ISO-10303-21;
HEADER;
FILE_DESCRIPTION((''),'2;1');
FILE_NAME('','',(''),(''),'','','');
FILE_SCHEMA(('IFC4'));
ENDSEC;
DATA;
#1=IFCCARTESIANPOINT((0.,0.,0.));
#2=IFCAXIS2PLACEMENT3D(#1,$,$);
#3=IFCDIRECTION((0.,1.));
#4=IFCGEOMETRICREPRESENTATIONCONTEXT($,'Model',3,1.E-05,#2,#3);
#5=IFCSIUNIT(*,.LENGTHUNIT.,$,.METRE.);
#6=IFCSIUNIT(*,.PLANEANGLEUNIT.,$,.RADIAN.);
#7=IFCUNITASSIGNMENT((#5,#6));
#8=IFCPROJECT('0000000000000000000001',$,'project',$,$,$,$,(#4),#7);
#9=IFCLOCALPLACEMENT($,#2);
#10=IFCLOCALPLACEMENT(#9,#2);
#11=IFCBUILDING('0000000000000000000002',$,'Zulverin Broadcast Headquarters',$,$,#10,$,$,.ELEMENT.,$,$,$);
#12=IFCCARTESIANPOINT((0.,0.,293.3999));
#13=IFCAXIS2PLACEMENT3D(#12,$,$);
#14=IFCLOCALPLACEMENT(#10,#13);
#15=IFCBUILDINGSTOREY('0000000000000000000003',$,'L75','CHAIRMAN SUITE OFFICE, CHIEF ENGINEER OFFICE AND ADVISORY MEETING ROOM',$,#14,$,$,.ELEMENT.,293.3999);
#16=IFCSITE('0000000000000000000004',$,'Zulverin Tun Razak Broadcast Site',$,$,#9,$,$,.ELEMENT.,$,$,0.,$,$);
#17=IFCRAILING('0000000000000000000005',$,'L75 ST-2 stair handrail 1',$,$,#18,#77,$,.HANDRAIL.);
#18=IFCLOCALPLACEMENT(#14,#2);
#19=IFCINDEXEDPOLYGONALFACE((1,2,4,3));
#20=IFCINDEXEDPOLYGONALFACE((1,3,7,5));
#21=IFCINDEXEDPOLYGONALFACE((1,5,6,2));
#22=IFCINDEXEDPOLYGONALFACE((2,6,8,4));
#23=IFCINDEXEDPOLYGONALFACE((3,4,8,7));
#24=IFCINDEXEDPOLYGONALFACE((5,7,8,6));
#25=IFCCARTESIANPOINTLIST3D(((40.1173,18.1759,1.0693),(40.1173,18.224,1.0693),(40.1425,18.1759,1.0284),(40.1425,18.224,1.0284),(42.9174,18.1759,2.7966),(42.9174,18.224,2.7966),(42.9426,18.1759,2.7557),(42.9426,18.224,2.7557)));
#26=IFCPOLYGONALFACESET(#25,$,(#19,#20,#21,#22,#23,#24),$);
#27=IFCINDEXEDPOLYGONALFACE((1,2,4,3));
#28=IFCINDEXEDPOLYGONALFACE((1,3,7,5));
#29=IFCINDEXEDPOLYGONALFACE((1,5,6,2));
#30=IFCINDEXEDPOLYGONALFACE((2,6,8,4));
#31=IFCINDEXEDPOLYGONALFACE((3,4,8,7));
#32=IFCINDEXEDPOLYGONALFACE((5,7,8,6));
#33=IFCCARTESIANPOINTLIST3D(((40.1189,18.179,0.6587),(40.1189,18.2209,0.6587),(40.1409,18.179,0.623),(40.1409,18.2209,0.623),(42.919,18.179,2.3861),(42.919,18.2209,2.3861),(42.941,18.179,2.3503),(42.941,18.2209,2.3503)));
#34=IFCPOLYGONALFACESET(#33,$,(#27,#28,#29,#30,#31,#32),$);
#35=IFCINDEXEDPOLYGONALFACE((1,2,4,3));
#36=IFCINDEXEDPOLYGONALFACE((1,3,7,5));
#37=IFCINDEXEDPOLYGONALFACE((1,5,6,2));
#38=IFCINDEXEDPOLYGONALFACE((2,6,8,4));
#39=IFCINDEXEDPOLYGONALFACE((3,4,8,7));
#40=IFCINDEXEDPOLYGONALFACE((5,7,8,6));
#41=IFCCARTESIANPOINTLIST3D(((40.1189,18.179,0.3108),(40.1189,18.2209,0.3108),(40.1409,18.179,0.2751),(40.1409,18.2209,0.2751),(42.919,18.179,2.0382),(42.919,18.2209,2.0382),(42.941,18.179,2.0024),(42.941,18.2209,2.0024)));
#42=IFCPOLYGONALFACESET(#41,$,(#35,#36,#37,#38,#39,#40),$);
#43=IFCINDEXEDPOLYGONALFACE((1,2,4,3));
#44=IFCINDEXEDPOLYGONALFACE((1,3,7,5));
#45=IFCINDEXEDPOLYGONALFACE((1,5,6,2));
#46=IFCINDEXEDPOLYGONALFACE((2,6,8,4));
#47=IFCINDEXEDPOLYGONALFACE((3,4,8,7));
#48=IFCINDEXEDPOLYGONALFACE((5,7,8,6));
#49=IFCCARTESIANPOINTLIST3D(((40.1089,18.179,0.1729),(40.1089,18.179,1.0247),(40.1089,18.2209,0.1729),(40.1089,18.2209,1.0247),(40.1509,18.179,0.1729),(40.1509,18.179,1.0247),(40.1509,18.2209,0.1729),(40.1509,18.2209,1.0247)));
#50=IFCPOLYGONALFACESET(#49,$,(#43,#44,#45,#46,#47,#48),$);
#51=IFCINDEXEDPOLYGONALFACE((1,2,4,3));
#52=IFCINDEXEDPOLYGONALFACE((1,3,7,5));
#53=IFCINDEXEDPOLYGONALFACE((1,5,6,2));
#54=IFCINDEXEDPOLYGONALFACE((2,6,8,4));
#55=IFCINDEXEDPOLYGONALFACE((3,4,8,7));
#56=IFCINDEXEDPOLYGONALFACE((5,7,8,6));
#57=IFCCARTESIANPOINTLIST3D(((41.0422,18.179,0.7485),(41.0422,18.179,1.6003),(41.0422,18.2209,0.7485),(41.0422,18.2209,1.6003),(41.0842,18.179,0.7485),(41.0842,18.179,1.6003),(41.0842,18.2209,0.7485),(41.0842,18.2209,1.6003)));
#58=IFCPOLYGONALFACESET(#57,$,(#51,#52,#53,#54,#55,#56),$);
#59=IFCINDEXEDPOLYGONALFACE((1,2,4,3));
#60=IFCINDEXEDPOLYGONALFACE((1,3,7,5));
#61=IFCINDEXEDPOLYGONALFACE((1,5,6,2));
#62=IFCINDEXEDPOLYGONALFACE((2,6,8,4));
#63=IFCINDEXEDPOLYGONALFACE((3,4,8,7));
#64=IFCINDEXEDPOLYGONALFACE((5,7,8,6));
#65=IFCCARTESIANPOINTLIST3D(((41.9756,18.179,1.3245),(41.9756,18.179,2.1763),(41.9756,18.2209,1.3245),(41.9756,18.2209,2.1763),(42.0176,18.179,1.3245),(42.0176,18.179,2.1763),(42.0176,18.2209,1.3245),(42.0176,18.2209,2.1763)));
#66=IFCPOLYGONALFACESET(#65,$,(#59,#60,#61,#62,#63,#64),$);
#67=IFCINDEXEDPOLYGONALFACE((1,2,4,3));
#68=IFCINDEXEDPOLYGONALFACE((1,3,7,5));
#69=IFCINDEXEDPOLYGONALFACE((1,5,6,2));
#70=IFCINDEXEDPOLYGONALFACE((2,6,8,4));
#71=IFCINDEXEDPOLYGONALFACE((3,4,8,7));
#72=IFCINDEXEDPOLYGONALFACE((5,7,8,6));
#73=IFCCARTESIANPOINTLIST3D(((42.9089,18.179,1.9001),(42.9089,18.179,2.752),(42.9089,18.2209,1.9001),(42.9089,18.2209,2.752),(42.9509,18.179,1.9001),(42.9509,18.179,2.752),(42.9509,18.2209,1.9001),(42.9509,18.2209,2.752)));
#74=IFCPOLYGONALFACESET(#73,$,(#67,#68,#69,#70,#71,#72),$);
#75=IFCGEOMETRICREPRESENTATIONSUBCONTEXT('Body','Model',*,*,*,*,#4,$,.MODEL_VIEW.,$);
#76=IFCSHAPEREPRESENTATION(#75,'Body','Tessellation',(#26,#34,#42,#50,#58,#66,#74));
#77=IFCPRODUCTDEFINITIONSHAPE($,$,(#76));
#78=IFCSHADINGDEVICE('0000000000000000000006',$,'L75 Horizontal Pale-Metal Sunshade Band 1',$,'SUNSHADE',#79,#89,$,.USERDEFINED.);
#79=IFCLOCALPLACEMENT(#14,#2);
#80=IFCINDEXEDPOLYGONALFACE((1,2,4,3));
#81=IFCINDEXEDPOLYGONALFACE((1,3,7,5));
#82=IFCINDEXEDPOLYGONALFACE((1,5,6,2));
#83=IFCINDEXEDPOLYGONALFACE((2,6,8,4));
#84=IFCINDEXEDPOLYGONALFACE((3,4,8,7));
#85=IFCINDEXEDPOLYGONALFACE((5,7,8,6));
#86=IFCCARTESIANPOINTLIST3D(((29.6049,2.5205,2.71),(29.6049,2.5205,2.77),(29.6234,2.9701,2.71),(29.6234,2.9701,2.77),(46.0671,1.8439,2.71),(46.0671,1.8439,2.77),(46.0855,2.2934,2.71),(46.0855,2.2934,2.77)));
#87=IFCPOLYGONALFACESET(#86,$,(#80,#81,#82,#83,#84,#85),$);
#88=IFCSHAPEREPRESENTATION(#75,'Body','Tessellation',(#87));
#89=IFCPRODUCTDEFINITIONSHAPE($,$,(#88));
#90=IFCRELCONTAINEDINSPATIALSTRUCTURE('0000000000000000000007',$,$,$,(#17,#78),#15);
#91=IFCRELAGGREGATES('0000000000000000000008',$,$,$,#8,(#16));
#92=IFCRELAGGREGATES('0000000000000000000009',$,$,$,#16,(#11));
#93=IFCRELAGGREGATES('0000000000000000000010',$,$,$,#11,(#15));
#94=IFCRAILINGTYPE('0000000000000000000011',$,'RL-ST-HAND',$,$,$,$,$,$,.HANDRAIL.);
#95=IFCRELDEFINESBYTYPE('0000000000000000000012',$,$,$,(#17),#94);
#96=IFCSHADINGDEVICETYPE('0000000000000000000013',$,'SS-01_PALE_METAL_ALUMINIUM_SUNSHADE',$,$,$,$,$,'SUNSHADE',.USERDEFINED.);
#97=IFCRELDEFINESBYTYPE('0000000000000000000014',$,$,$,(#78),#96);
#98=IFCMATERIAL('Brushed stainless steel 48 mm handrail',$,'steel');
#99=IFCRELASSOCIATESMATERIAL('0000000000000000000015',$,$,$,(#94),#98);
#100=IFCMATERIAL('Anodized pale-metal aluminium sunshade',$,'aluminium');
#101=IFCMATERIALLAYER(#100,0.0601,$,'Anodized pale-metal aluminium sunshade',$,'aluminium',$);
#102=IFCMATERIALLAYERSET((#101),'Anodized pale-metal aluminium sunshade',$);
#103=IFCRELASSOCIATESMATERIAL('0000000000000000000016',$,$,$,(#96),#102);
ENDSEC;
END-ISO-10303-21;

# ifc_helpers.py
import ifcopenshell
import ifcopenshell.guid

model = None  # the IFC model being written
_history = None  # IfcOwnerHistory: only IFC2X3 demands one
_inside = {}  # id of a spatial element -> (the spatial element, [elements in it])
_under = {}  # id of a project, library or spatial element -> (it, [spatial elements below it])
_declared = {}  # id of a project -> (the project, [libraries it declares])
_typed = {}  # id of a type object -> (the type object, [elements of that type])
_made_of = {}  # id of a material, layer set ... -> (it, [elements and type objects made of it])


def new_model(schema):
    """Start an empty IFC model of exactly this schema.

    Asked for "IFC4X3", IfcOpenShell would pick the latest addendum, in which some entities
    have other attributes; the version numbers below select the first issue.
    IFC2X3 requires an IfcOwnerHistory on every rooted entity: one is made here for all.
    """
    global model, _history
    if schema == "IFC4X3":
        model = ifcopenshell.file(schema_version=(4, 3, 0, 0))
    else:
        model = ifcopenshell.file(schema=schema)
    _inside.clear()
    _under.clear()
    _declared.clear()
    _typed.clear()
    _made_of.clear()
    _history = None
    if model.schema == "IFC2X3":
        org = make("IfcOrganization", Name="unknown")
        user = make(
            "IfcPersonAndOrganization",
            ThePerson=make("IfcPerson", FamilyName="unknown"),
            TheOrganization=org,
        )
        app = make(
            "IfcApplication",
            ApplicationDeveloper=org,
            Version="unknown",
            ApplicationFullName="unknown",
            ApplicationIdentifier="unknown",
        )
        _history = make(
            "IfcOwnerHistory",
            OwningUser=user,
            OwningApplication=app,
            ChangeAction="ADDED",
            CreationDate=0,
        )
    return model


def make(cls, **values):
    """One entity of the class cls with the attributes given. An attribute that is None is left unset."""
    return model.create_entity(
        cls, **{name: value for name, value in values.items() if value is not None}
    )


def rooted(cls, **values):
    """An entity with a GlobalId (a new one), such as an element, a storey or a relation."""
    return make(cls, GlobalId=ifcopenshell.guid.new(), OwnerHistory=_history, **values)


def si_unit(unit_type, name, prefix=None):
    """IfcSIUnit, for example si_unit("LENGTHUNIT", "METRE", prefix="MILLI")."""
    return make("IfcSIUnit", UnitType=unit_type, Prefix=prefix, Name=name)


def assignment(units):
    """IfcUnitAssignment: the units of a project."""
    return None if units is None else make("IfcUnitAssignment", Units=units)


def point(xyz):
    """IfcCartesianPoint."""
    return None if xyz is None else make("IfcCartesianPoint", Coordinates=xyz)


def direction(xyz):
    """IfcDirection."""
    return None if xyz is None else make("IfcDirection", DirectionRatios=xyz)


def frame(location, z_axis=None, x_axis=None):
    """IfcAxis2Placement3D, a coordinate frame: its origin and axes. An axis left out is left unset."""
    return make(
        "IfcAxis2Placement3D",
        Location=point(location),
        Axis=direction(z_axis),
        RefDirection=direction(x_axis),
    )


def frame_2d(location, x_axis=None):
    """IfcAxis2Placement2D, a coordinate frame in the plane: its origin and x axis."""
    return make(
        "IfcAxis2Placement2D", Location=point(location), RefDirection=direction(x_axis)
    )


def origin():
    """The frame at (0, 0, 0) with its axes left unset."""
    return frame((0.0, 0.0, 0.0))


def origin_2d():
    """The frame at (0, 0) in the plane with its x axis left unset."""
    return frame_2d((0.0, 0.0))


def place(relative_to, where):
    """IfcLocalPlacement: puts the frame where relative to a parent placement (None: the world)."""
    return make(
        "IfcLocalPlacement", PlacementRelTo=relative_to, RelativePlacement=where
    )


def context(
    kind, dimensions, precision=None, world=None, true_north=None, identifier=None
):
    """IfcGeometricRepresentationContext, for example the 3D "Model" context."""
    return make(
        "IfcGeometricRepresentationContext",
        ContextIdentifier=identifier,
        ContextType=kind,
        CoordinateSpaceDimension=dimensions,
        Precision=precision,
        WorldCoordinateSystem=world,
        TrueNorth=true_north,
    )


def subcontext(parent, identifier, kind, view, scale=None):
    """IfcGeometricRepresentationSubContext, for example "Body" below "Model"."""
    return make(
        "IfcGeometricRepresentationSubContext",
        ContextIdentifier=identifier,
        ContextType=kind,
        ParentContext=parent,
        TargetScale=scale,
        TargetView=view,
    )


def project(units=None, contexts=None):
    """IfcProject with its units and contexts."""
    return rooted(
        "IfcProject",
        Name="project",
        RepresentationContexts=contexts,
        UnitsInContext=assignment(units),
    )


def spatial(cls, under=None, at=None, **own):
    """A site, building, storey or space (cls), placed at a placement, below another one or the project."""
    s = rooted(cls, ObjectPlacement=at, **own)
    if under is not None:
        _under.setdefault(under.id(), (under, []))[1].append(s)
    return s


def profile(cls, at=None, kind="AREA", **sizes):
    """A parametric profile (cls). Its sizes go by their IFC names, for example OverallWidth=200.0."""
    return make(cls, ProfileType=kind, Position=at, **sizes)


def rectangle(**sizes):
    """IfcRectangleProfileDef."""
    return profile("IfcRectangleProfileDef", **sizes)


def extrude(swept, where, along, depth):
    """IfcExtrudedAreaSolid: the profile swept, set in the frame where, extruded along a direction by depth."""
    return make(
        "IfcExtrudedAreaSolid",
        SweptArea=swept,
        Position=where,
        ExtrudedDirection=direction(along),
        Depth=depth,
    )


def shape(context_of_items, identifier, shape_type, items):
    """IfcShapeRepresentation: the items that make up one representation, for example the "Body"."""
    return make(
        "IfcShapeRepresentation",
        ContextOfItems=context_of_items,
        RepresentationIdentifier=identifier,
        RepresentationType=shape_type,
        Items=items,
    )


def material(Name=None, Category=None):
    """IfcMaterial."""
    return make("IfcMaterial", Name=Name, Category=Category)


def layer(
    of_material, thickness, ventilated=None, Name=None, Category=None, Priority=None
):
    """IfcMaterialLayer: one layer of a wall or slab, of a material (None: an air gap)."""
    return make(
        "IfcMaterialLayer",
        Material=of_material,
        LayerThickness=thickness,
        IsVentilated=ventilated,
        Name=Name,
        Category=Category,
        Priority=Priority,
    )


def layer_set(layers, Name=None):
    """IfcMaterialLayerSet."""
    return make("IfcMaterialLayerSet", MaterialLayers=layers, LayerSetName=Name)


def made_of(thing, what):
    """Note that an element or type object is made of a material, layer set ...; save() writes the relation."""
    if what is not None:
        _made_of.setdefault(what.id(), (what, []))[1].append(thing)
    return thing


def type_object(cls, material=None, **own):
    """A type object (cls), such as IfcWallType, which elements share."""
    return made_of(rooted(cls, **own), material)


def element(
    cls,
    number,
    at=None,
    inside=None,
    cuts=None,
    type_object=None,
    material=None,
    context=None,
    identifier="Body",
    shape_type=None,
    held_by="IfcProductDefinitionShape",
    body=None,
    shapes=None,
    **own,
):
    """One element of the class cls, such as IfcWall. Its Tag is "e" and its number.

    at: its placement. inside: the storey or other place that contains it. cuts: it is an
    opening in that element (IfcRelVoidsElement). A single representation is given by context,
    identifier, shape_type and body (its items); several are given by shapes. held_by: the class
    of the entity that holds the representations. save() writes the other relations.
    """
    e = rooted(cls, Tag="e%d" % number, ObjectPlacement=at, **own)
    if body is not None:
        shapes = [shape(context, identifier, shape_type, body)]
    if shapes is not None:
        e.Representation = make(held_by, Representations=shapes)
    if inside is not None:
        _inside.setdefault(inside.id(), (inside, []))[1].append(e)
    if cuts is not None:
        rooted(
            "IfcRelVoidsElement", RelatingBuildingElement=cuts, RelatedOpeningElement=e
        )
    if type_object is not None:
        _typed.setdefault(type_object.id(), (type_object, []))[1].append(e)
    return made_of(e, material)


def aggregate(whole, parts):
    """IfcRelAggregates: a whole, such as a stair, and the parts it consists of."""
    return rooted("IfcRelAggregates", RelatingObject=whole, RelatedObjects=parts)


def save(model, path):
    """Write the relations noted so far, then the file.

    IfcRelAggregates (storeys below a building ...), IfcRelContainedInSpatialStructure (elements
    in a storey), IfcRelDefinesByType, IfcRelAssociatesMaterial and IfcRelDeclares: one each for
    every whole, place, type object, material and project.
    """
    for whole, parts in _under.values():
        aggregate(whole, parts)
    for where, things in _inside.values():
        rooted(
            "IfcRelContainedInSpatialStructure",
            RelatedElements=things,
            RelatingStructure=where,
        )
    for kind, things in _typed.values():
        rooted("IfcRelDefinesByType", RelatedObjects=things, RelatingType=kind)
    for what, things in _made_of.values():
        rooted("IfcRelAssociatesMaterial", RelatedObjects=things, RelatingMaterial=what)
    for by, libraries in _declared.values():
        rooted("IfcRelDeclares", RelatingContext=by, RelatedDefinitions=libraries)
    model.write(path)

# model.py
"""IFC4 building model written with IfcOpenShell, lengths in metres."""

from ifc_helpers import new_model, si_unit, direction, frame, origin, origin_2d, place, context, subcontext, project, spatial, rectangle, extrude, material, layer, layer_set, type_object, element, save


model = new_model("IFC4")

# Units and contexts
model_context = context("Model", 3, precision=1e-05, world=origin(), true_north=direction((0.0, 1.0)))
body_context = subcontext(model_context, "Body", "Model", "MODEL_VIEW")
ifc_project = project(units=[si_unit("LENGTHUNIT", "METRE"), si_unit("PLANEANGLEUNIT", "RADIAN")], contexts=[model_context])

# Site, building, storey
site_placement = place(None, origin())
site = spatial("IfcSite", under=ifc_project, at=site_placement, Name="Zulverin Tun Razak Broadcast Site", CompositionType="ELEMENT", RefElevation=0.0)
building_placement = place(site_placement, origin())
building = spatial("IfcBuilding", under=site, at=building_placement, Name="Zulverin Broadcast Headquarters", CompositionType="ELEMENT")
storey_placement = place(building_placement, frame((0.0, 0.0, 293.3999)))
storey = spatial("IfcBuildingStorey", under=building, at=storey_placement, Name="L75", Description="CHAIRMAN SUITE OFFICE, CHIEF ENGINEER OFFICE AND ADVISORY MEETING ROOM", CompositionType="ELEMENT", Elevation=293.3999)

# Railing
ifc_material_1 = material(Name="Brushed stainless steel 48 mm handrail", Category="steel")
railing_type_1 = type_object("IfcRailingType", Name="RL-ST-HAND", PredefinedType="HANDRAIL", material=ifc_material_1)
railing_1_placement = place(storey_placement, frame((40.1299, 18.2, 0.1729)))
element("IfcRailing", 1, at=railing_1_placement, inside=storey, type_object=railing_type_1, Name="L75 ST-2 stair handrail 1", PredefinedType="HANDRAIL", context=body_context, shape_type="SweptSolid", body=[
    extrude(rectangle(XDim=0.0481, YDim=0.0481, at=origin_2d()), frame((0.0, 0.0, 0.876), z_axis=(0.85109, 0.0, 0.52502), x_axis=(0.0, 1.0, 0.0)), (0.0, 0.0, 1.0), 3.29),
    extrude(rectangle(XDim=0.042, YDim=0.042, at=origin_2d()), frame((0.0, 0.0, 0.468), z_axis=(0.85109, 0.0, 0.52502), x_axis=(0.0, 1.0, 0.0)), (0.0, 0.0, 1.0), 3.29),
    extrude(rectangle(XDim=0.042, YDim=0.042, at=origin_2d()), frame((0.0, 0.0, 0.1201), z_axis=(0.85109, 0.0, 0.52502), x_axis=(0.0, 1.0, 0.0)), (0.0, 0.0, 1.0), 3.29),
    extrude(rectangle(XDim=0.042, YDim=0.042, at=origin_2d()), origin(), (0.0, 0.0, 1.0), 0.8518),
    extrude(rectangle(XDim=0.042, YDim=0.042, at=origin_2d()), frame((0.9333, 0.0, 0.5757)), (0.0, 0.0, 1.0), 0.8518),
    extrude(rectangle(XDim=0.042, YDim=0.042, at=origin_2d()), frame((1.8667, 0.0, 1.1516)), (0.0, 0.0, 1.0), 0.8518),
    extrude(rectangle(XDim=0.042, YDim=0.042, at=origin_2d()), frame((2.8, 0.0, 1.7273)), (0.0, 0.0, 1.0), 0.8518),
])

# Shading device
ifc_material_2 = material(Name="Anodized pale-metal aluminium sunshade", Category="aluminium")
ifc_layer_1 = layer(ifc_material_2, 0.0601, Name="Anodized pale-metal aluminium sunshade", Category="aluminium")
ifc_layer_set_1 = layer_set([ifc_layer_1], Name="Anodized pale-metal aluminium sunshade")
shading_device_type = type_object("IfcShadingDeviceType", Name="SS-01_PALE_METAL_ALUMINIUM_SUNSHADE", ElementType="SUNSHADE", PredefinedType="USERDEFINED", material=ifc_layer_set_1)
shading_device_placement = place(storey_placement, frame((37.8452, 2.407, 2.71), z_axis=(0.0, 0.0, 1.0), x_axis=(0.999156, -0.04107, 0.0)))
element("IfcShadingDevice", 2, at=shading_device_placement, inside=storey, type_object=shading_device_type, Name="L75 Horizontal Pale-Metal Sunshade Band 1", ObjectType="SUNSHADE", PredefinedType="USERDEFINED", context=body_context, shape_type="SweptSolid", body=[
    extrude(rectangle(XDim=16.4761, YDim=0.45, at=origin_2d()), origin(), (0.0, 0.0, 1.0), 0.0601),
])

save(model, "model.ifc")
